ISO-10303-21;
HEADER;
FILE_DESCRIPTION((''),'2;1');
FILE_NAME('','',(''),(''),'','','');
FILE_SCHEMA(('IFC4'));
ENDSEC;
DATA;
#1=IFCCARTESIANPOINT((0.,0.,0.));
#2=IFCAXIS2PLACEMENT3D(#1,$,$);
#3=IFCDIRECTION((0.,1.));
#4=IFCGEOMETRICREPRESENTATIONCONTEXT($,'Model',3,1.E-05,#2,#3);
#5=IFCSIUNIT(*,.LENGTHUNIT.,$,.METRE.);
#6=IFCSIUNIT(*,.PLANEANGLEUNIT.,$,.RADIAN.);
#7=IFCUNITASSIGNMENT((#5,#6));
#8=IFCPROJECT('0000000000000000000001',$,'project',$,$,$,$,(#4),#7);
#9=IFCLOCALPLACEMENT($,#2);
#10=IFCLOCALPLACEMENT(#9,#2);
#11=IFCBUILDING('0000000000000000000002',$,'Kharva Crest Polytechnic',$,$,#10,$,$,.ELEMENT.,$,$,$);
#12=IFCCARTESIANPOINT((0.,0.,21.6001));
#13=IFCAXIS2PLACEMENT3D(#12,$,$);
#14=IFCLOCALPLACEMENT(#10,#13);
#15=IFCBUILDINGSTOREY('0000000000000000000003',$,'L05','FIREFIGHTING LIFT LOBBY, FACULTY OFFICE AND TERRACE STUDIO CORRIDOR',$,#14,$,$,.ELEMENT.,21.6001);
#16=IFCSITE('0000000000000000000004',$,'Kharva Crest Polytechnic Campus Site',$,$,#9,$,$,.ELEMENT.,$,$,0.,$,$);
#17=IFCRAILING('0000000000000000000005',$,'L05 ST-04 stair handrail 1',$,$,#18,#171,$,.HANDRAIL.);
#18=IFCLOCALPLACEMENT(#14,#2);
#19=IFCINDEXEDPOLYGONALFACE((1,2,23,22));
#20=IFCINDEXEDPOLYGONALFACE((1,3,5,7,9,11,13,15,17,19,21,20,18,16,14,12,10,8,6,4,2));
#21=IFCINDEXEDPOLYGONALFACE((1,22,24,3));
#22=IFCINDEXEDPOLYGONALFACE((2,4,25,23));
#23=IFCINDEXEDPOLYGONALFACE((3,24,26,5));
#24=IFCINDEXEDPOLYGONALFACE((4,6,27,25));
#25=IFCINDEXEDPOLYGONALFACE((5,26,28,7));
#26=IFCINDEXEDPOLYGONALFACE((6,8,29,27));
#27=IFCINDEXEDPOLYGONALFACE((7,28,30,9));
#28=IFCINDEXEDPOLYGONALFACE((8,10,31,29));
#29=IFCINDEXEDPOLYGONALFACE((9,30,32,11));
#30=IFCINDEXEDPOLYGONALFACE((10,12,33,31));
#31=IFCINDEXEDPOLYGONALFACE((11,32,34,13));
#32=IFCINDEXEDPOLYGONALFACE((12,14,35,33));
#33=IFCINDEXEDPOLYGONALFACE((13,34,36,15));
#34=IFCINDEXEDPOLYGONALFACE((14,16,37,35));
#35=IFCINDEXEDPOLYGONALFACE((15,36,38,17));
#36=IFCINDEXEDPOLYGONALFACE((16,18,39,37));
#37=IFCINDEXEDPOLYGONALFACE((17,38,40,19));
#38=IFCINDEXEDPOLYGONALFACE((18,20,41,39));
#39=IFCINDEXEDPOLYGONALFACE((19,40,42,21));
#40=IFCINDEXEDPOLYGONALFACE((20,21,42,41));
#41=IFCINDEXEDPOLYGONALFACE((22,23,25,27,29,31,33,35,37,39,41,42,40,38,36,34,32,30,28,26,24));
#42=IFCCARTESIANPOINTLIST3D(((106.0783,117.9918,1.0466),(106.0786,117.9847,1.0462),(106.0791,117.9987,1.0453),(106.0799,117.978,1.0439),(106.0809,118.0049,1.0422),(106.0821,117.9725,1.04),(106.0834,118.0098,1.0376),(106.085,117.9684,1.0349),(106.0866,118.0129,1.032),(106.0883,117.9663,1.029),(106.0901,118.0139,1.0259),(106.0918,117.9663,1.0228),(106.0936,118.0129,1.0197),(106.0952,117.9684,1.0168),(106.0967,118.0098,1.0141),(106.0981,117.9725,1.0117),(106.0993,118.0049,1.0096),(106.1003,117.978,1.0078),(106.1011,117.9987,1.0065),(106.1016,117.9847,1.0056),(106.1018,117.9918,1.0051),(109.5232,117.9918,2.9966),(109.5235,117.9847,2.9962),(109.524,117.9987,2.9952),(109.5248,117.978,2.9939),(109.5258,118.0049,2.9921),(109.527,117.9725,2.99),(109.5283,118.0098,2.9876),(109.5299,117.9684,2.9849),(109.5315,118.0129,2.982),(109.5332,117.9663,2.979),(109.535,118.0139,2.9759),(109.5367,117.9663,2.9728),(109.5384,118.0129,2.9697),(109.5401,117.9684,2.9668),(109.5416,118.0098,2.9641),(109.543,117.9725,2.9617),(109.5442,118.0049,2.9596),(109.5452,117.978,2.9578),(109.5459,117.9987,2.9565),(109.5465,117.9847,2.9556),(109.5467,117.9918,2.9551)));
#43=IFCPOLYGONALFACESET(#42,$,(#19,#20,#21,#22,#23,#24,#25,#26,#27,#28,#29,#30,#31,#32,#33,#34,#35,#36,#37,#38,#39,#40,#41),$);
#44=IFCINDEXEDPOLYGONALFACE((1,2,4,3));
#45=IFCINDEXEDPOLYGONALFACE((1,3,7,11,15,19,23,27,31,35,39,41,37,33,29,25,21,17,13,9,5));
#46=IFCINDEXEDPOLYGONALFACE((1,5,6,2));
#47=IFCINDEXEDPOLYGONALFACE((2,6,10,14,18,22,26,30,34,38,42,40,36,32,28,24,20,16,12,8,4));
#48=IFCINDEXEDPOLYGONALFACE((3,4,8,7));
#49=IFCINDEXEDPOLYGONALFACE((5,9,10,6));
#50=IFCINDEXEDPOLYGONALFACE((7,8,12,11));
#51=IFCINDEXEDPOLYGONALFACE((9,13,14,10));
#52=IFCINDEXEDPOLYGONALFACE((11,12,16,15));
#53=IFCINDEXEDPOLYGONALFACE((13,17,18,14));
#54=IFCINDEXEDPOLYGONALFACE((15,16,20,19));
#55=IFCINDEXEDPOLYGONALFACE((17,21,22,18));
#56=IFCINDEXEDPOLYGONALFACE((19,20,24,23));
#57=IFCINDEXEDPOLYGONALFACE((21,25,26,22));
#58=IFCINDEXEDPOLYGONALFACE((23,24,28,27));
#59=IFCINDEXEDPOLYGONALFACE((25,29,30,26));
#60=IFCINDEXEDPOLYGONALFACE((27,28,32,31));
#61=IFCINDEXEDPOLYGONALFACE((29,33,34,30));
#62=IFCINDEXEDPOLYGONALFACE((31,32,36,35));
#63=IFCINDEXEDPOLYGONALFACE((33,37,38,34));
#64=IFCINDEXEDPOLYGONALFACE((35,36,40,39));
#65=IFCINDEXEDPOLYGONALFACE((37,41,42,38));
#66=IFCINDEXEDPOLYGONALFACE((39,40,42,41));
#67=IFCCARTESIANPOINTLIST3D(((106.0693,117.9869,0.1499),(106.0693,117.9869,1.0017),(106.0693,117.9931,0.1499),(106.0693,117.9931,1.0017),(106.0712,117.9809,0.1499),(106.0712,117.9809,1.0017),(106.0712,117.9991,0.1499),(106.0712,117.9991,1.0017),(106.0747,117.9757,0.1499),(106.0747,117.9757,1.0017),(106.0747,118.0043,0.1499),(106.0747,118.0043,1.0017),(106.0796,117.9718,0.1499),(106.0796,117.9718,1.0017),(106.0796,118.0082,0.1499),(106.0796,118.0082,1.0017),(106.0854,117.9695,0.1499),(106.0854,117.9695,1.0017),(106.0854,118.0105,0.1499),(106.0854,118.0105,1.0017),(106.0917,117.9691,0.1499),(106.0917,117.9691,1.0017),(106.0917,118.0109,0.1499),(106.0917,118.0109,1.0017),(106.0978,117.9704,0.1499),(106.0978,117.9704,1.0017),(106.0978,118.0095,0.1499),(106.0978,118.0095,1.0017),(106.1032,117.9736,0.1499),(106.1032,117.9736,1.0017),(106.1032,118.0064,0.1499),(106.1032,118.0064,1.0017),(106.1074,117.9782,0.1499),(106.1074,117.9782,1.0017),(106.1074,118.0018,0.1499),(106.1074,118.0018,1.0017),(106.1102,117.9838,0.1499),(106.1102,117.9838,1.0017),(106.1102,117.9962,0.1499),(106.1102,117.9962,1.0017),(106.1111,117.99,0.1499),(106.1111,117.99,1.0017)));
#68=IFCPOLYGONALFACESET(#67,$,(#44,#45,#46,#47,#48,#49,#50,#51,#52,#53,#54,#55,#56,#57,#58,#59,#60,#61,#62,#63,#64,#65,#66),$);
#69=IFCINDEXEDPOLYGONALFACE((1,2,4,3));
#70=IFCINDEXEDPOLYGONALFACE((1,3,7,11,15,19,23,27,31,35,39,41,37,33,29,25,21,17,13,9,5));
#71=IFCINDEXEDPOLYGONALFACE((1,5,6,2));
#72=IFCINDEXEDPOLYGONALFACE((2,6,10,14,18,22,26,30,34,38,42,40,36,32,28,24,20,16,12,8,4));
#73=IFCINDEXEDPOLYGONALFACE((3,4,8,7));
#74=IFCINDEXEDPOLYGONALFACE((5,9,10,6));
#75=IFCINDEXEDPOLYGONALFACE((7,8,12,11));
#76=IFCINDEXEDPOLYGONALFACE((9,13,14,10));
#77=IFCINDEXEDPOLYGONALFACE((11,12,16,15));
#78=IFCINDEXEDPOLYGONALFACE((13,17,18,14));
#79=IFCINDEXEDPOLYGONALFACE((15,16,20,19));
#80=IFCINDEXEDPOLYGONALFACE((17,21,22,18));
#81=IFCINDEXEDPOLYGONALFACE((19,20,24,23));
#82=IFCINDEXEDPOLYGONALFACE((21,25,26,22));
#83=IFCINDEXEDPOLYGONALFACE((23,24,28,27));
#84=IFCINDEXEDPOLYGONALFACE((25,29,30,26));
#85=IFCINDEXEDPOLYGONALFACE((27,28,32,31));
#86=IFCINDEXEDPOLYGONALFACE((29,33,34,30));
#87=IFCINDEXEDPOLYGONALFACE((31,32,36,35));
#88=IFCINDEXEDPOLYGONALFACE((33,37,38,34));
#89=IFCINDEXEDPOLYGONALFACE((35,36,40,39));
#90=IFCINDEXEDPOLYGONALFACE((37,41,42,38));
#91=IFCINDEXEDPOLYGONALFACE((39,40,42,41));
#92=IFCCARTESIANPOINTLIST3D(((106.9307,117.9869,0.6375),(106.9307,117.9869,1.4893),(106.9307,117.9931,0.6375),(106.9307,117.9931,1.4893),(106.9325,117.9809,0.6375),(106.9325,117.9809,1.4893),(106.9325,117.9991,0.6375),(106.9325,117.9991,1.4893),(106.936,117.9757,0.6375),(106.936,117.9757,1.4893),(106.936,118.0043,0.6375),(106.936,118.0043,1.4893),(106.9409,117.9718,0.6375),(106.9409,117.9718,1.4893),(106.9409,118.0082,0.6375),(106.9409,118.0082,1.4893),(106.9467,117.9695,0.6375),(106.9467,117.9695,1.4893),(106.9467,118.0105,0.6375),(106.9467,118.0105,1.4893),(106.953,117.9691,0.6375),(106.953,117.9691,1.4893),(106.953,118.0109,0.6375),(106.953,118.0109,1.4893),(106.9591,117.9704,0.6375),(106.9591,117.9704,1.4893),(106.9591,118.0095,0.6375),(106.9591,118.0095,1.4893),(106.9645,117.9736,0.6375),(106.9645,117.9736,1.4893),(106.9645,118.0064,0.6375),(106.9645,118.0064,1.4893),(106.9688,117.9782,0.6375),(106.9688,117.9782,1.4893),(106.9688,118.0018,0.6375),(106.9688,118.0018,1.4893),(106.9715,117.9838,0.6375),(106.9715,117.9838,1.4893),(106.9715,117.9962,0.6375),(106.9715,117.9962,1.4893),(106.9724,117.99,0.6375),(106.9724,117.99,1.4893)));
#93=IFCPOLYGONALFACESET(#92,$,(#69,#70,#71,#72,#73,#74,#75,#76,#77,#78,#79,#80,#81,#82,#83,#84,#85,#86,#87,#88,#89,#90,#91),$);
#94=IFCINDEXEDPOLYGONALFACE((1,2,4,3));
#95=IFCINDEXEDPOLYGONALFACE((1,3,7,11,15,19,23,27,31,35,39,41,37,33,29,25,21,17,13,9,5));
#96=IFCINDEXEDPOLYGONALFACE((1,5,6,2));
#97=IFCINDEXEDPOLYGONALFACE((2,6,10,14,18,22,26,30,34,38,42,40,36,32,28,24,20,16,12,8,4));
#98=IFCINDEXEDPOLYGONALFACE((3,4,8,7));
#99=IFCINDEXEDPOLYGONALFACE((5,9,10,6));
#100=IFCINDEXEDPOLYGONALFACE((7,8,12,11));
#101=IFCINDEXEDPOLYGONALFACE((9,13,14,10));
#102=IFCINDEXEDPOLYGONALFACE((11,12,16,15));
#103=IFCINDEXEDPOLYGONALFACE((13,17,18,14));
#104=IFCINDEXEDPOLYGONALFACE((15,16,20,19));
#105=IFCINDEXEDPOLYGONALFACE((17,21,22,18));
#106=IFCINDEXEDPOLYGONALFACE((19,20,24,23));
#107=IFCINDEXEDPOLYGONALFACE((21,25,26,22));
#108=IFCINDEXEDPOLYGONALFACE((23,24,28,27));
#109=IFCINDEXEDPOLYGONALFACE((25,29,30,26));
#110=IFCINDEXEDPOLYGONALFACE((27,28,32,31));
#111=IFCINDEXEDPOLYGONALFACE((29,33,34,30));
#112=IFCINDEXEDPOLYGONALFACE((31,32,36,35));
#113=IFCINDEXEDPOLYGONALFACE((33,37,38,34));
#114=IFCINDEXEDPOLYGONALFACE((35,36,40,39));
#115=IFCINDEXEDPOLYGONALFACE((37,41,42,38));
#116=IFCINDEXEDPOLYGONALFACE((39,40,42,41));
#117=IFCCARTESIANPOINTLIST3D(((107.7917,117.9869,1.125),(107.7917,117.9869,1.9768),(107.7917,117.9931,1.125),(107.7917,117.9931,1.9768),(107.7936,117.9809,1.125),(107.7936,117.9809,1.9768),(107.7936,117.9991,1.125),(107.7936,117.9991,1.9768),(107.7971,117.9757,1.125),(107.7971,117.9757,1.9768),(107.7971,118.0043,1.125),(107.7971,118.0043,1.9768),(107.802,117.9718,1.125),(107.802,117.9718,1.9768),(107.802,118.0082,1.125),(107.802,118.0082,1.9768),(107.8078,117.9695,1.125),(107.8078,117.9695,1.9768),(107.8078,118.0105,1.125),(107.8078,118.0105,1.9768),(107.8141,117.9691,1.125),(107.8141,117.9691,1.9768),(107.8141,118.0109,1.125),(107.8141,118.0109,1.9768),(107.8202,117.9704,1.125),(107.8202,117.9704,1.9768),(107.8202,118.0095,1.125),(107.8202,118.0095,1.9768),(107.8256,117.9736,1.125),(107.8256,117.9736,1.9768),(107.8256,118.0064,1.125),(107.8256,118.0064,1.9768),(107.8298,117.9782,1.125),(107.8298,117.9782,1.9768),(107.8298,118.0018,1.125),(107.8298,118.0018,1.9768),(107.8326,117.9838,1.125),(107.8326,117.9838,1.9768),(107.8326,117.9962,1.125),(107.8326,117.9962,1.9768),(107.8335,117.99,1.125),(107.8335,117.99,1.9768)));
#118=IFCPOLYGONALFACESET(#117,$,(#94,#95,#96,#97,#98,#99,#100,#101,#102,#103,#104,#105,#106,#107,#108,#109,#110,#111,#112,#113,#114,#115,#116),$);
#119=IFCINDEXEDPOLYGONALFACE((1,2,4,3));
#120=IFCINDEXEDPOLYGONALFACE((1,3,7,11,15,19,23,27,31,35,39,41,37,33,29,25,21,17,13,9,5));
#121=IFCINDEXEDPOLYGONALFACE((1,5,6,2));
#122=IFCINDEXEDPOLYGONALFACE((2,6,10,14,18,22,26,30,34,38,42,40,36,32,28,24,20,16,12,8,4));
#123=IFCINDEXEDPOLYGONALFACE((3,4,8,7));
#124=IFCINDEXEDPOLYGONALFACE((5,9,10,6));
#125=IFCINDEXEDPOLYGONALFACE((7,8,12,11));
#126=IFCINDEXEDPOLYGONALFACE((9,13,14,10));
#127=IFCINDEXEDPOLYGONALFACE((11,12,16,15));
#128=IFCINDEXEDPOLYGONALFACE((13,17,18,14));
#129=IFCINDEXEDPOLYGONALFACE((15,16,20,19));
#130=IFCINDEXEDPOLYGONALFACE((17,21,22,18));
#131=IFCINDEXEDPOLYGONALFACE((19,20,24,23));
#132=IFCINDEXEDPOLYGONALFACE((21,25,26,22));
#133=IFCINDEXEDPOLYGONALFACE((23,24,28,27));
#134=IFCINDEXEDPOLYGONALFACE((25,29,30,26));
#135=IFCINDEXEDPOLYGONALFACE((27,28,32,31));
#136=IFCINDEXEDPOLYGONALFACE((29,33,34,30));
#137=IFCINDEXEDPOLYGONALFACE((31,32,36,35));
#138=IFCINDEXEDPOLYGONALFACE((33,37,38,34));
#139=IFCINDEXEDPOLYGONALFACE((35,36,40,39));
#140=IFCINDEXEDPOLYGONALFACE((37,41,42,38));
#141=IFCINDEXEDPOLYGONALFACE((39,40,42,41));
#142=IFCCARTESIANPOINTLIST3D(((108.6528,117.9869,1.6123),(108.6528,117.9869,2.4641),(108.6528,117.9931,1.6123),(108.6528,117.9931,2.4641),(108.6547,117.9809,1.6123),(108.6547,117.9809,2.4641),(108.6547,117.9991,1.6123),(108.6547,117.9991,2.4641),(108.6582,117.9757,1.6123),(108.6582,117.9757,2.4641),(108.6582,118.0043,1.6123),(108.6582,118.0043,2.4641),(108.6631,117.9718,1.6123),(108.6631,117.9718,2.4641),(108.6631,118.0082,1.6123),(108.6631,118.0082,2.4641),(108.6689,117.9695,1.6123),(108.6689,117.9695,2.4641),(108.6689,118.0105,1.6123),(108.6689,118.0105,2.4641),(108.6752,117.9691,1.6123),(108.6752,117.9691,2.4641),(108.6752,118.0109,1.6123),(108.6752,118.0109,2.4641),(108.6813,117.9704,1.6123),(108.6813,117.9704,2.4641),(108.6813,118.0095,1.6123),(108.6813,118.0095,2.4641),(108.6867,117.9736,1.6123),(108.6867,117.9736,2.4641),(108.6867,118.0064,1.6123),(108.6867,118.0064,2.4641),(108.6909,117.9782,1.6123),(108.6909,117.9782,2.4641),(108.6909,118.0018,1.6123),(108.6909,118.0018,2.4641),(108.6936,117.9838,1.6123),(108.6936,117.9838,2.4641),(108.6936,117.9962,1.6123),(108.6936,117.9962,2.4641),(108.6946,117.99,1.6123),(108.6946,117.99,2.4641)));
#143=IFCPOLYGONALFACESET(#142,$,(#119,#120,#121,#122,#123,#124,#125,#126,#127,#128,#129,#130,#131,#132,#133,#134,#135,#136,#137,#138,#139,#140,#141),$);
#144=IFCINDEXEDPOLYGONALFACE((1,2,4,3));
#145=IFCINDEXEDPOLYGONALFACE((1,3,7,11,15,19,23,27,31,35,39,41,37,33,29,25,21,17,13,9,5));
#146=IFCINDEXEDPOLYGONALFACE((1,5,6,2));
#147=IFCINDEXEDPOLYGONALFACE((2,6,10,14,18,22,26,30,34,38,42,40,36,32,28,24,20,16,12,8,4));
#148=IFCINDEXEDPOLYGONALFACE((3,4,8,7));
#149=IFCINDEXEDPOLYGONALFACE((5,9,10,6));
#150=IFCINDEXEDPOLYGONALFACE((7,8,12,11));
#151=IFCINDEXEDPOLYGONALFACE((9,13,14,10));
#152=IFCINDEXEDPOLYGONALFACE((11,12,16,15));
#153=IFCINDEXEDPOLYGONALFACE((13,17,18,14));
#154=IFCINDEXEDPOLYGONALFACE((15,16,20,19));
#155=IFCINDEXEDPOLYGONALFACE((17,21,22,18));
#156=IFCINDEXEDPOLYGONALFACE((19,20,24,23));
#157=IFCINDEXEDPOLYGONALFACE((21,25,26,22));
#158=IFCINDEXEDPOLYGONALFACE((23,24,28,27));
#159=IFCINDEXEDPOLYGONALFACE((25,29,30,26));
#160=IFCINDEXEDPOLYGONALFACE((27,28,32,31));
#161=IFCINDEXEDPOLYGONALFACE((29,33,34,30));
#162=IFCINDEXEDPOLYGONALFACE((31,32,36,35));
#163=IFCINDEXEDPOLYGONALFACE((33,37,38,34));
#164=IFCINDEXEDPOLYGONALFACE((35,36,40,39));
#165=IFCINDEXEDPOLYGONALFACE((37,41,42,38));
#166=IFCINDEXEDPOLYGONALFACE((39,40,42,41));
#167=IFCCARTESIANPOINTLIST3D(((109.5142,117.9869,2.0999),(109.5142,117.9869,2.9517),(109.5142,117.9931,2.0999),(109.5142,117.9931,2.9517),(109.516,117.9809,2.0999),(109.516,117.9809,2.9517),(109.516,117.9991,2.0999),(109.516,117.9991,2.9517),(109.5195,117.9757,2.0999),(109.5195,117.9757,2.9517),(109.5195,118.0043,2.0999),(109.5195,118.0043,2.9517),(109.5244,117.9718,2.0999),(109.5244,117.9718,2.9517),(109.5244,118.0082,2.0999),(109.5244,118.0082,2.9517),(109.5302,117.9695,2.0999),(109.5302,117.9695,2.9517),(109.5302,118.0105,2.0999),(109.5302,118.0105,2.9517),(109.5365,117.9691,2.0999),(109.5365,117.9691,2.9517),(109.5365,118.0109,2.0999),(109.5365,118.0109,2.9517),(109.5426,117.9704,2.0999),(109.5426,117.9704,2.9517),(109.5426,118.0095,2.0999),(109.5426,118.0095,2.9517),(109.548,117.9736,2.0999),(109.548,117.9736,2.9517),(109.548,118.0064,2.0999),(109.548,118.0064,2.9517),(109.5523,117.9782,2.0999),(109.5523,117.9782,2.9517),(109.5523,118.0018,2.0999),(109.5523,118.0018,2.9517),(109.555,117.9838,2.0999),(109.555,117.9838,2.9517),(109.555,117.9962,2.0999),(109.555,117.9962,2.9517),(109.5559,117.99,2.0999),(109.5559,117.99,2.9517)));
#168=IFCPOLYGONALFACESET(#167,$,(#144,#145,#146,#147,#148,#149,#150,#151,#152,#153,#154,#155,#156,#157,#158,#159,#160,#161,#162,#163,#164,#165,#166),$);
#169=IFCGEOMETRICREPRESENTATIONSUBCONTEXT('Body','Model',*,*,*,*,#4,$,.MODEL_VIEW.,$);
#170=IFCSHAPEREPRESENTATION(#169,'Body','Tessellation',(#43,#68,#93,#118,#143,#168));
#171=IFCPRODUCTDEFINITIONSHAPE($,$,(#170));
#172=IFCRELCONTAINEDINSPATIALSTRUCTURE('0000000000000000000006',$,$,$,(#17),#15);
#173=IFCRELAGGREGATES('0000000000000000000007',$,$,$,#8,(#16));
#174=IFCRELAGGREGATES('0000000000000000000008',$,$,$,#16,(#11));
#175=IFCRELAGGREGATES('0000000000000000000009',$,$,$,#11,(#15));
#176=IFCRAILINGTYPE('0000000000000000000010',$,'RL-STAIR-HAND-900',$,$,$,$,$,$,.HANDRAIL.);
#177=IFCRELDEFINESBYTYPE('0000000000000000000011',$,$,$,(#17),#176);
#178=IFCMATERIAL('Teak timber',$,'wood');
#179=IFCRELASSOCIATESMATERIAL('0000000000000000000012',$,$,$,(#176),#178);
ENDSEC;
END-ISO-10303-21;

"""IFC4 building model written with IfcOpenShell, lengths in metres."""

from ifc_helpers import new_model, si_unit, direction, frame, origin, origin_2d, place, context, subcontext, project, spatial, circle, extrude, material, type_object, element, save


model = new_model("IFC4")

# Units and contexts
model_context = context("Model", 3, precision=1e-05, world=origin(), true_north=direction((0.0, 1.0)))
body_context = subcontext(model_context, "Body", "Model", "MODEL_VIEW")
ifc_project = project(units=[si_unit("LENGTHUNIT", "METRE"), si_unit("PLANEANGLEUNIT", "RADIAN")], contexts=[model_context])

# Site, building, storey
site_placement = place(None, origin())
site = spatial("IfcSite", under=ifc_project, at=site_placement, Name="Kharva Crest Polytechnic Campus Site", CompositionType="ELEMENT", RefElevation=0.0)
building_placement = place(site_placement, origin())
building = spatial("IfcBuilding", under=site, at=building_placement, Name="Kharva Crest Polytechnic", CompositionType="ELEMENT")
storey_placement = place(building_placement, frame((0.0, 0.0, 21.6001)))
storey = spatial("IfcBuildingStorey", under=building, at=storey_placement, Name="L05", Description="FIREFIGHTING LIFT LOBBY, FACULTY OFFICE AND TERRACE STUDIO CORRIDOR", CompositionType="ELEMENT", Elevation=21.6001)

# Shared definitions
ifc_material_1 = material(Name="Teak timber", Category="wood")

# Railing
railing_type_1 = type_object("IfcRailingType", Name="RL-STAIR-HAND-900", PredefinedType="HANDRAIL", material=ifc_material_1)
railing_1_placement = place(storey_placement, frame((106.0901, 117.99, 0.1499)))
element("IfcRailing", 1, at=railing_1_placement, inside=storey, type_object=railing_type_1, Name="L05 ST-04 stair handrail 1", PredefinedType="HANDRAIL", context=body_context, shape_type="SweptSolid", body=[
    extrude(circle(Radius=0.0239, at=origin_2d()), frame((0.0, 0.0, 0.876), z_axis=(0.870251, 0.0, 0.492608), x_axis=(0.0, 1.0, 0.0)), (0.0, 0.0, 1.0), 3.9585),
    extrude(circle(Radius=0.021, at=origin_2d()), origin(), (0.0, 0.0, 1.0), 0.8518),
    extrude(circle(Radius=0.021, at=origin_2d()), frame((0.8613, 0.0, 0.4875)), (0.0, 0.0, 1.0), 0.8518),
    extrude(circle(Radius=0.021, at=origin_2d()), frame((1.7224, 0.0, 0.9751)), (0.0, 0.0, 1.0), 0.8518),
    extrude(circle(Radius=0.021, at=origin_2d()), frame((2.5835, 0.0, 1.4624)), (0.0, 0.0, 1.0), 0.8518),
    extrude(circle(Radius=0.021, at=origin_2d()), frame((3.4448, 0.0, 1.95)), (0.0, 0.0, 1.0), 0.8518),
])

save(model, "model.ifc")
